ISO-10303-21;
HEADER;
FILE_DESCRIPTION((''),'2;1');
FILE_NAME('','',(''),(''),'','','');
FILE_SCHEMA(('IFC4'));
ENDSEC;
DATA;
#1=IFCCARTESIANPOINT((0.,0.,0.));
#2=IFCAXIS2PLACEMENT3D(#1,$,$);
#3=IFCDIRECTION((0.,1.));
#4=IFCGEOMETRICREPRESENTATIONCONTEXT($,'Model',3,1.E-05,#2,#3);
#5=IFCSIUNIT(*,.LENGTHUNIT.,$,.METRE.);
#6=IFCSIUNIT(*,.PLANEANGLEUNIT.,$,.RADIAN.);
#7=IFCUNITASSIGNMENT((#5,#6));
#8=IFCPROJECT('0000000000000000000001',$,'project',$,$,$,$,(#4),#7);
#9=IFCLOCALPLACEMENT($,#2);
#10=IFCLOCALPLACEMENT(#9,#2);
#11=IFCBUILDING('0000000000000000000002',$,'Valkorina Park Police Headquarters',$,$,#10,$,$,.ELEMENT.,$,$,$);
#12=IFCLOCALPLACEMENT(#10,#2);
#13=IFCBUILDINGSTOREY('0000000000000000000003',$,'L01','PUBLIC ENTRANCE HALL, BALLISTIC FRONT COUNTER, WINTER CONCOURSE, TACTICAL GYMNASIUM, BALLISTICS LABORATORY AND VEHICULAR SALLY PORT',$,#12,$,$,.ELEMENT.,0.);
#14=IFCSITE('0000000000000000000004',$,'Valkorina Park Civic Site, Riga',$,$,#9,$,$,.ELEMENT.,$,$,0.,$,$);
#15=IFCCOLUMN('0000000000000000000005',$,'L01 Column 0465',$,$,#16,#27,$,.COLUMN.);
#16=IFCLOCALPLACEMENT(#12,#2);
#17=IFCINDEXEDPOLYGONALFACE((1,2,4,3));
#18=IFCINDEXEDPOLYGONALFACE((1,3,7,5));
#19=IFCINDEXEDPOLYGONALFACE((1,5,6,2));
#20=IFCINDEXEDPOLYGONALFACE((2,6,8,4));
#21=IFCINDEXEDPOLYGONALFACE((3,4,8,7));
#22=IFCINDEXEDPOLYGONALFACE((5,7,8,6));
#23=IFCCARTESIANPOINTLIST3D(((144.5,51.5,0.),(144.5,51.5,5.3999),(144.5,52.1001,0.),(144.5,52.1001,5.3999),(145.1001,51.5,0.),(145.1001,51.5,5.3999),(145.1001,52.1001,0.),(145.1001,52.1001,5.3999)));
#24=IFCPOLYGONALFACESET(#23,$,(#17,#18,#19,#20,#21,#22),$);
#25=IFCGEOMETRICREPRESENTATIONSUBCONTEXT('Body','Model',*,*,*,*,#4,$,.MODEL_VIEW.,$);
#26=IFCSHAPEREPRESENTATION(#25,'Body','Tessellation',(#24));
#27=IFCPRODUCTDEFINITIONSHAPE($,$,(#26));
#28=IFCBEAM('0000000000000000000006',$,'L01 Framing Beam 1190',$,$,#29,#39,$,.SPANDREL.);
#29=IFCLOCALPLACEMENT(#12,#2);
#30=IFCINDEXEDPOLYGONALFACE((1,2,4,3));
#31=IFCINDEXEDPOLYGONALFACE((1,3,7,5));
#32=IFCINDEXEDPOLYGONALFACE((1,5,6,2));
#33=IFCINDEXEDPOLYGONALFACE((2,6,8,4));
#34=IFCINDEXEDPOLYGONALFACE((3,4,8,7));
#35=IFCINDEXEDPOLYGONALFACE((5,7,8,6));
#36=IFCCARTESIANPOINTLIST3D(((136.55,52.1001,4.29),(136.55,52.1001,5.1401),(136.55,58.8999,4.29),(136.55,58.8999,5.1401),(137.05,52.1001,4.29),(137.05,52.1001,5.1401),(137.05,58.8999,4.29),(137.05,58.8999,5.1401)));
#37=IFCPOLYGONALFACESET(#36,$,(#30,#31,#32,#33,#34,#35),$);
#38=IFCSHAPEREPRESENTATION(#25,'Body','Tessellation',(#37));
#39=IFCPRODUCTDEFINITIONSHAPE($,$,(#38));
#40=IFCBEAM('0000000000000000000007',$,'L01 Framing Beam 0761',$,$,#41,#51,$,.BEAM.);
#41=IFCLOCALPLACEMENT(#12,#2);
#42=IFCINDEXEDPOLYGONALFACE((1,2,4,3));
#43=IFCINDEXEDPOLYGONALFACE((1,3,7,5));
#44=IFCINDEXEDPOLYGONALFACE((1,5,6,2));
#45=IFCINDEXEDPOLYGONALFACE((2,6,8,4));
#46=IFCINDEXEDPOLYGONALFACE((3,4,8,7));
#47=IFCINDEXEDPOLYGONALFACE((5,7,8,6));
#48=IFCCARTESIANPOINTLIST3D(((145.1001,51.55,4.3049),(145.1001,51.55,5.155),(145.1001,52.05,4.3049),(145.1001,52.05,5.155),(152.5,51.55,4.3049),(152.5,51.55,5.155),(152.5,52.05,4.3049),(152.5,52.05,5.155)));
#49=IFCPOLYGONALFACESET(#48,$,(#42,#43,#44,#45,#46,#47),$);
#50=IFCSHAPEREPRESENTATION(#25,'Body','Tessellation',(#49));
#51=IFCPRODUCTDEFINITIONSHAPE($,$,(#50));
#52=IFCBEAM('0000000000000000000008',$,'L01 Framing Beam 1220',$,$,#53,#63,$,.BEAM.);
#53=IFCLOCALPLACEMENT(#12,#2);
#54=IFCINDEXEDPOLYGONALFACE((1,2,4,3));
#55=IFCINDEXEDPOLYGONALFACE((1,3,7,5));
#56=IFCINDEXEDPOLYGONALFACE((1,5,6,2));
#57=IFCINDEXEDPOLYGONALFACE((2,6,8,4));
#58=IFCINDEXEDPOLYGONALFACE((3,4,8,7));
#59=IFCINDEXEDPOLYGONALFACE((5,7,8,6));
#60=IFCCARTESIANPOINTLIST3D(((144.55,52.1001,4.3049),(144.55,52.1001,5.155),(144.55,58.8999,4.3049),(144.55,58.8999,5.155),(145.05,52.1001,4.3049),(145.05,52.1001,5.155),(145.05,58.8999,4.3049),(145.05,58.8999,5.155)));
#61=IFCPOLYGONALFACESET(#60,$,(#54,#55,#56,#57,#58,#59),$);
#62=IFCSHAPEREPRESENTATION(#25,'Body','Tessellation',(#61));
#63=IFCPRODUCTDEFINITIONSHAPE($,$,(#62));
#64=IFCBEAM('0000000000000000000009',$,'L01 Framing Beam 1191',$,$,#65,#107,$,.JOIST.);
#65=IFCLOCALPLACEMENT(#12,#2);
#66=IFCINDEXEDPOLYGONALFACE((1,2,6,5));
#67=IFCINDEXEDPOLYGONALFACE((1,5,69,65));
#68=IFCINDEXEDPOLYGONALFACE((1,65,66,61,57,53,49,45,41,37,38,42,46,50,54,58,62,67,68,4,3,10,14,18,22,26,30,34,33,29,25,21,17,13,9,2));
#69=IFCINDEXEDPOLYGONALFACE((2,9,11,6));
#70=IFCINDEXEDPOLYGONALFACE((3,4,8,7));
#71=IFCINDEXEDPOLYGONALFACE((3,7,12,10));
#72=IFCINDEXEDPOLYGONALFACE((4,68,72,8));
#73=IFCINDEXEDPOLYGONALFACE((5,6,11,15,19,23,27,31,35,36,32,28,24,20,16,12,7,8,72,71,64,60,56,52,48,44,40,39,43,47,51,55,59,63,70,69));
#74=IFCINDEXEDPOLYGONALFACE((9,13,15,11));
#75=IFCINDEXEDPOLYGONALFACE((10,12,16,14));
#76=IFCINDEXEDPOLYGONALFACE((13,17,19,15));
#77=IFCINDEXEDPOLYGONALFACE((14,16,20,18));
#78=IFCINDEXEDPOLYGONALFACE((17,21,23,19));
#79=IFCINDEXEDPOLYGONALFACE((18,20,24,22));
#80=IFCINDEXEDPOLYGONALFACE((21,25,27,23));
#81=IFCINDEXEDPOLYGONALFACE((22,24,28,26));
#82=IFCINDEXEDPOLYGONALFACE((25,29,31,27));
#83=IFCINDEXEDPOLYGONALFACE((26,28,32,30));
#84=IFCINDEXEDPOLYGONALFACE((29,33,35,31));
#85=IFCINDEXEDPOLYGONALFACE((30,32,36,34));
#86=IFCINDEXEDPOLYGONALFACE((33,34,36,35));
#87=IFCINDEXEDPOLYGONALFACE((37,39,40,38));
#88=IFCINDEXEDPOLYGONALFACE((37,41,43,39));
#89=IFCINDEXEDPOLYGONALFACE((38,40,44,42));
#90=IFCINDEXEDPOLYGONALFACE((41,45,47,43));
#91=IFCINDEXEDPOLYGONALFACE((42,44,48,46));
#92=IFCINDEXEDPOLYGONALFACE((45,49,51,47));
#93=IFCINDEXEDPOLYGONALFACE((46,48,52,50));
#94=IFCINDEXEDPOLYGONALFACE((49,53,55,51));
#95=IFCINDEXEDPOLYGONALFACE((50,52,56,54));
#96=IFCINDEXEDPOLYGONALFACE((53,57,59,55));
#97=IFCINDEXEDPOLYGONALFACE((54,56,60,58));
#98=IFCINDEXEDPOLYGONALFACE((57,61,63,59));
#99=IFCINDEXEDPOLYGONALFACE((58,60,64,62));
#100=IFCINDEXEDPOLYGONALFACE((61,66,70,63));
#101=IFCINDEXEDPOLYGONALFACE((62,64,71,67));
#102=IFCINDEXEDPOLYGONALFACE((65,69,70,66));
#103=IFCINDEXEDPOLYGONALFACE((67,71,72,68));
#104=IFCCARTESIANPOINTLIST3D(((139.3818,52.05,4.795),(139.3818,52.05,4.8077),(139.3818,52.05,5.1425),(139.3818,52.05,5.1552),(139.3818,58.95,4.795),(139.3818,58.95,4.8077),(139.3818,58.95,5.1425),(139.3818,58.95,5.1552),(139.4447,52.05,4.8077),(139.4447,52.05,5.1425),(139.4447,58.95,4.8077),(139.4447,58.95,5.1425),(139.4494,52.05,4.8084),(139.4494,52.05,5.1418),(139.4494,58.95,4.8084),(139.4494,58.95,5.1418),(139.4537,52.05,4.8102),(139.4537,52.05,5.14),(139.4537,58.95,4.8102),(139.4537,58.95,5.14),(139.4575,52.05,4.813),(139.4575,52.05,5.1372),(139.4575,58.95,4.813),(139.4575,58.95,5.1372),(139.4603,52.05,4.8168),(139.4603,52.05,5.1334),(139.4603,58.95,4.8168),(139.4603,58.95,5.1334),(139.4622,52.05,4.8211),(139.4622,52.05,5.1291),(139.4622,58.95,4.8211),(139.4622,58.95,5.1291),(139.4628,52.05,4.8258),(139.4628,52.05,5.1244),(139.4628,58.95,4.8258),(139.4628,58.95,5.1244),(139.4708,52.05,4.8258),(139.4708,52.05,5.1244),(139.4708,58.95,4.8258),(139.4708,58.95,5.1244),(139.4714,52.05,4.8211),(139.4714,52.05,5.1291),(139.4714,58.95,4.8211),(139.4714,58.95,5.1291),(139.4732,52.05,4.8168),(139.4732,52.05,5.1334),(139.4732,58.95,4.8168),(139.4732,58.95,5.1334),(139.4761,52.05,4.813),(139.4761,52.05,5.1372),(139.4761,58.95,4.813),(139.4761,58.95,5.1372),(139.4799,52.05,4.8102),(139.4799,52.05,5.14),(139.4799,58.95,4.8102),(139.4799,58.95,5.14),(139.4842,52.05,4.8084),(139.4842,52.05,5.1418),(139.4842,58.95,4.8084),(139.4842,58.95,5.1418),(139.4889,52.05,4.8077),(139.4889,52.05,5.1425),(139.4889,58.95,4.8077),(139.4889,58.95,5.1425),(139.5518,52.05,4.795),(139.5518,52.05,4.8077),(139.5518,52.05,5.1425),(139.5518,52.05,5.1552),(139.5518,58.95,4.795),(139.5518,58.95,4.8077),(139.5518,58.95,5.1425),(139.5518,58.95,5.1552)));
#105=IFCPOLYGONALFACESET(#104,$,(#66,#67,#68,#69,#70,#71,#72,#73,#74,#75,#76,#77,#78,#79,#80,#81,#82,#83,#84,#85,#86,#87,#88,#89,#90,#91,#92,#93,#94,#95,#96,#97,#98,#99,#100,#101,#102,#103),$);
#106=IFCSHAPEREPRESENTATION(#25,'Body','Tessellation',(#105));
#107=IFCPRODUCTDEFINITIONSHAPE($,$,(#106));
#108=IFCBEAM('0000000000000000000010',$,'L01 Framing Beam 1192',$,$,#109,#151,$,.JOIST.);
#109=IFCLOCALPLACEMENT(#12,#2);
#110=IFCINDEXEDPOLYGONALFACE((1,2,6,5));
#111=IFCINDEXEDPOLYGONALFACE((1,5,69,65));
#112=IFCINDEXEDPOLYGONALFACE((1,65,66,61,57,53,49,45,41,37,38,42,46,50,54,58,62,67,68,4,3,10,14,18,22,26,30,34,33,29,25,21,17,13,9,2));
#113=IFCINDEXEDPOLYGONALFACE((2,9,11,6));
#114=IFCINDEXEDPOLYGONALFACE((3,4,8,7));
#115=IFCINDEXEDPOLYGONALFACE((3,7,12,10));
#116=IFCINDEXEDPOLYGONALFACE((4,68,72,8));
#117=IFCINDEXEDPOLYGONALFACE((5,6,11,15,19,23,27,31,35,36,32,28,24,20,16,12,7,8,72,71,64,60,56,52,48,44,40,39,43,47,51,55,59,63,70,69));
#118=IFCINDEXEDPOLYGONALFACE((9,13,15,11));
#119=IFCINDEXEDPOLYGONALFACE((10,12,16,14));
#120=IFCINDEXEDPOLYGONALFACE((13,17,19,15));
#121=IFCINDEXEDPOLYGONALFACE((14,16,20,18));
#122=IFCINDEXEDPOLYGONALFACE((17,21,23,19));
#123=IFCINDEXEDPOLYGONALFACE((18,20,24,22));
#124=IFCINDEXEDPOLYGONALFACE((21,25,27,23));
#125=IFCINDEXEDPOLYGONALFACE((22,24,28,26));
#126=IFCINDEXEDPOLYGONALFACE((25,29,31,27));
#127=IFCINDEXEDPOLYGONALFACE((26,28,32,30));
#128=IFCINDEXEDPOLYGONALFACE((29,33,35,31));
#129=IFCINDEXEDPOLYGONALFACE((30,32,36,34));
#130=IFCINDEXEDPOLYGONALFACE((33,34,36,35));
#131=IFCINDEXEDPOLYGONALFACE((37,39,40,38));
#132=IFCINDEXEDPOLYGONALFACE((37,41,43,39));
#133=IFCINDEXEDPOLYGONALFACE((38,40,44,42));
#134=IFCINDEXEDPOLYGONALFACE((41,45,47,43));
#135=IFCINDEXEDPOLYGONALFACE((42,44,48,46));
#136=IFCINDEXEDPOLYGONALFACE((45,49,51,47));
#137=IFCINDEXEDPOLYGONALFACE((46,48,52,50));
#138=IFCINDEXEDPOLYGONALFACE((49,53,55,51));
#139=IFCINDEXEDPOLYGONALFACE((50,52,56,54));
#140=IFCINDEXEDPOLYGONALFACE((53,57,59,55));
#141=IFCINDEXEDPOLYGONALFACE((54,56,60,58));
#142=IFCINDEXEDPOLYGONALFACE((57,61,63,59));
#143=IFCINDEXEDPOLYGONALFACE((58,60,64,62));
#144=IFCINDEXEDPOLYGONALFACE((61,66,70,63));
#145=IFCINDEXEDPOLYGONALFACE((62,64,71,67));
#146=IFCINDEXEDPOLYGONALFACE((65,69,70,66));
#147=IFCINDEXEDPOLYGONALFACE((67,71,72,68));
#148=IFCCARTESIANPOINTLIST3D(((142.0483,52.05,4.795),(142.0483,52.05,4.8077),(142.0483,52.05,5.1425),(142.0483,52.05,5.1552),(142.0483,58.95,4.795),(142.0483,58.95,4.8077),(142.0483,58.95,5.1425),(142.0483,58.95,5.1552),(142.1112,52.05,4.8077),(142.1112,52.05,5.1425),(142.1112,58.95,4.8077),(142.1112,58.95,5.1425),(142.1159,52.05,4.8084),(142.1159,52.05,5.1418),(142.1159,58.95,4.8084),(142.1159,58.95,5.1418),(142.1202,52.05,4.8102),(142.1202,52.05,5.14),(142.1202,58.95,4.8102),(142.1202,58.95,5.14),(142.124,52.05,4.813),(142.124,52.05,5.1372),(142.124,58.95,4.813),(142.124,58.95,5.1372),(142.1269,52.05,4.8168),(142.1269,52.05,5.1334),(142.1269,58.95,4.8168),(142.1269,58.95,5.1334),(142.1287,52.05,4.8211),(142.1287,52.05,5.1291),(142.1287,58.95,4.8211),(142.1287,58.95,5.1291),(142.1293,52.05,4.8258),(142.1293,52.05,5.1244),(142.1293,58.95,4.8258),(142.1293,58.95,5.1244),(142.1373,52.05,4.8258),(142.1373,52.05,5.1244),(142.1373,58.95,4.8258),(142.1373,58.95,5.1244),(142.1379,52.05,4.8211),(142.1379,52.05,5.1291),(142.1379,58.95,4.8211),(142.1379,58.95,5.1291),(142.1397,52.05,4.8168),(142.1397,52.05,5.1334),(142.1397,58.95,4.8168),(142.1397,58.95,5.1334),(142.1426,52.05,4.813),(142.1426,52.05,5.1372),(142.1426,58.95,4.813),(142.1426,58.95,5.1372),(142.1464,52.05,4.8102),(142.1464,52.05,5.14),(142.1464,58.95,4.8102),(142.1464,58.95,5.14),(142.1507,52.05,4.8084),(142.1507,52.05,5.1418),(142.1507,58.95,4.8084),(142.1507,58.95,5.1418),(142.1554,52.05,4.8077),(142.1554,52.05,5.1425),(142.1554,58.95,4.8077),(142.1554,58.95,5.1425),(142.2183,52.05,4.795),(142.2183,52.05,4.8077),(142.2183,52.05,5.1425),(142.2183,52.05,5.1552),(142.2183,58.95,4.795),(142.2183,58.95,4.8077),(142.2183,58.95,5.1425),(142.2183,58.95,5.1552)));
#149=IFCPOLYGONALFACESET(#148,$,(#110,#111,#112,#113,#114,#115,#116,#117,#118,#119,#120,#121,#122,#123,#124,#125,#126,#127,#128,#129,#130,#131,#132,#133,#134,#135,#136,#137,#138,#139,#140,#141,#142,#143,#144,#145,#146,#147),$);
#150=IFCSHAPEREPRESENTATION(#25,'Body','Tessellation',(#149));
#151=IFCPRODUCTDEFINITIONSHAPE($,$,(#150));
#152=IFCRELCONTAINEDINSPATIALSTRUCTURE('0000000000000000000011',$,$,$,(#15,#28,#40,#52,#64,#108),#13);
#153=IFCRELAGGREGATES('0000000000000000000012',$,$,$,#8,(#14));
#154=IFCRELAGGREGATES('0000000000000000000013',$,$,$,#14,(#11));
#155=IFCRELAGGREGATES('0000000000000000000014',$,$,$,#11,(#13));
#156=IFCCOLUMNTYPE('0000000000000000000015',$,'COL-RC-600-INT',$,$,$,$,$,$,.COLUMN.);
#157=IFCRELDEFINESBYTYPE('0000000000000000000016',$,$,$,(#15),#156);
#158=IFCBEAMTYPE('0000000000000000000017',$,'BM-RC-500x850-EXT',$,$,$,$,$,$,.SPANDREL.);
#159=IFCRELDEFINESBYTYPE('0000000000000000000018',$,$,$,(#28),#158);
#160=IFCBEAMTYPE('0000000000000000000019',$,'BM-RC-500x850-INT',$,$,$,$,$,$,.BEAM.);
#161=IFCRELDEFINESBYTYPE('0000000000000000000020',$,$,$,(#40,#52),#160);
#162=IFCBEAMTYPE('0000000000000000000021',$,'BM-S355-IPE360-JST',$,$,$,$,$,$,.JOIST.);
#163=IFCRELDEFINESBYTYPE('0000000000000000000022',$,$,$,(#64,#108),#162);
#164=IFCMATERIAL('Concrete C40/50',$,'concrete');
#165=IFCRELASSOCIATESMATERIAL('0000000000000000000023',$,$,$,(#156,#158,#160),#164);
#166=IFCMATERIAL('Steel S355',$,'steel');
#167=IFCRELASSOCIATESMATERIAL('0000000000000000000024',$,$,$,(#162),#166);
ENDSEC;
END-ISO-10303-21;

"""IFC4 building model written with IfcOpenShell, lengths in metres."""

from ifc_helpers import new_model, si_unit, direction, frame, origin, origin_2d, place, context, subcontext, project, spatial, rectangle, i_section, extrude, material, material_profile, profile_set, type_object, element, save


model = new_model("IFC4")

# Units and contexts
model_context = context("Model", 3, precision=1e-05, world=origin(), true_north=direction((0.0, 1.0)))
body_context = subcontext(model_context, "Body", "Model", "MODEL_VIEW")
ifc_project = project(units=[si_unit("LENGTHUNIT", "METRE"), si_unit("PLANEANGLEUNIT", "RADIAN")], contexts=[model_context])

# Site, building, storey
site_placement = place(None, origin())
site = spatial("IfcSite", under=ifc_project, at=site_placement, Name="Valkorina Park Civic Site, Riga", CompositionType="ELEMENT", RefElevation=0.0)
building_placement = place(site_placement, origin())
building = spatial("IfcBuilding", under=site, at=building_placement, Name="Valkorina Park Police Headquarters", CompositionType="ELEMENT")
storey_placement = place(building_placement, origin())
storey = spatial("IfcBuildingStorey", under=building, at=storey_placement, Name="L01", Description="PUBLIC ENTRANCE HALL, BALLISTIC FRONT COUNTER, WINTER CONCOURSE, TACTICAL GYMNASIUM, BALLISTICS LABORATORY AND VEHICULAR SALLY PORT", CompositionType="ELEMENT", Elevation=0.0)

# Column
ifc_material_1 = material(Name="Concrete C40/50", Category="concrete")
ifc_material_profile_1 = material_profile(ifc_material_1, rectangle(XDim=0.6001, YDim=0.6001, at=origin_2d()), Name="RC COL 600x600")
ifc_profile_set_1 = profile_set([ifc_material_profile_1], Name="Concrete C40/50")
column_type = type_object("IfcColumnType", Name="COL-RC-600-INT", PredefinedType="COLUMN", material=ifc_profile_set_1)
column_placement = place(storey_placement, frame((144.8, 51.8, 0.0), z_axis=(0.0, 0.0, 1.0), x_axis=(1.0, 0.0, 0.0)))
element("IfcColumn", 1, at=column_placement, inside=storey, type_object=column_type, Name="L01 Column 0465", PredefinedType="COLUMN", context=body_context, shape_type="SweptSolid", body=[
    extrude(rectangle(XDim=0.6001, YDim=0.6001, at=origin_2d()), origin(), (0.0, 0.0, 1.0), 5.3999),
])

# Beams
ifc_material_profile_2 = material_profile(ifc_material_1, rectangle(XDim=0.5, YDim=0.8501, at=origin_2d()), Name="RC BEAM 500x850")
ifc_profile_set_2 = profile_set([ifc_material_profile_2], Name="Concrete C40/50")
beam_type_1 = type_object("IfcBeamType", Name="BM-RC-500x850-EXT", PredefinedType="SPANDREL", material=ifc_profile_set_2)
beam_1_placement = place(storey_placement, frame((136.8, 52.1001, 4.7151), z_axis=(0.0, 1.0, 0.0), x_axis=(-1.0, 0.0, 0.0)))
element("IfcBeam", 2, at=beam_1_placement, inside=storey, type_object=beam_type_1, Name="L01 Framing Beam 1190", PredefinedType="SPANDREL", context=body_context, shape_type="SweptSolid", body=[
    extrude(rectangle(XDim=0.5, YDim=0.8501, at=origin_2d()), origin(), (0.0, 0.0, 1.0), 6.7998),
])
ifc_material_profile_3 = material_profile(ifc_material_1, rectangle(XDim=0.5, YDim=0.8501, at=origin_2d()), Name="RC BEAM 500x850")
ifc_profile_set_3 = profile_set([ifc_material_profile_3], Name="Concrete C40/50")
beam_type_2 = type_object("IfcBeamType", Name="BM-RC-500x850-INT", PredefinedType="BEAM", material=ifc_profile_set_3)
beam_2_placement = place(storey_placement, frame((145.1001, 51.8, 4.73), z_axis=(1.0, 0.0, 0.0), x_axis=(0.0, 1.0, 0.0)))
element("IfcBeam", 3, at=beam_2_placement, inside=storey, type_object=beam_type_2, Name="L01 Framing Beam 0761", PredefinedType="BEAM", context=body_context, shape_type="SweptSolid", body=[
    extrude(rectangle(XDim=0.5, YDim=0.8501, at=origin_2d()), origin(), (0.0, 0.0, 1.0), 7.3999),
])
beam_3_placement = place(storey_placement, frame((144.8, 52.1001, 4.73), z_axis=(0.0, 1.0, 0.0), x_axis=(-1.0, 0.0, 0.0)))
element("IfcBeam", 4, at=beam_3_placement, inside=storey, type_object=beam_type_2, Name="L01 Framing Beam 1220", PredefinedType="BEAM", context=body_context, shape_type="SweptSolid", body=[
    extrude(rectangle(XDim=0.5, YDim=0.8501, at=origin_2d()), origin(), (0.0, 0.0, 1.0), 6.7998),
])
ifc_material_2 = material(Name="Steel S355", Category="steel")
ifc_material_profile_4 = material_profile(ifc_material_2, i_section(OverallWidth=0.1699, OverallDepth=0.3601, WebThickness=0.0081, FlangeThickness=0.0127, FilletRadius=0.0181, at=origin_2d()), Name="IPE 360")
ifc_profile_set_4 = profile_set([ifc_material_profile_4], Name="Steel S355")
beam_type_3 = type_object("IfcBeamType", Name="BM-S355-IPE360-JST", PredefinedType="JOIST", material=ifc_profile_set_4)
for number, where, z_axis, x_axis, name in (
    (5, (139.4668, 52.05, 4.9751), (0.0, 1.0, 0.0), (-1.0, 0.0, 0.0), "L01 Framing Beam 1191"),
    (6, (142.1333, 52.05, 4.9751), (0.0, 1.0, 0.0), (-1.0, 0.0, 0.0), "L01 Framing Beam 1192"),
):
    element("IfcBeam", number, at=place(storey_placement, frame(where, z_axis=z_axis, x_axis=x_axis)), inside=storey, type_object=beam_type_3, Name=name, PredefinedType="JOIST", context=body_context, shape_type="SweptSolid", body=[
        extrude(i_section(OverallWidth=0.1699, OverallDepth=0.3601, WebThickness=0.0081, FlangeThickness=0.0127, FilletRadius=0.0181, at=origin_2d()), origin(), (0.0, 0.0, 1.0), 6.8999),
    ])

save(model, "model.ifc")
